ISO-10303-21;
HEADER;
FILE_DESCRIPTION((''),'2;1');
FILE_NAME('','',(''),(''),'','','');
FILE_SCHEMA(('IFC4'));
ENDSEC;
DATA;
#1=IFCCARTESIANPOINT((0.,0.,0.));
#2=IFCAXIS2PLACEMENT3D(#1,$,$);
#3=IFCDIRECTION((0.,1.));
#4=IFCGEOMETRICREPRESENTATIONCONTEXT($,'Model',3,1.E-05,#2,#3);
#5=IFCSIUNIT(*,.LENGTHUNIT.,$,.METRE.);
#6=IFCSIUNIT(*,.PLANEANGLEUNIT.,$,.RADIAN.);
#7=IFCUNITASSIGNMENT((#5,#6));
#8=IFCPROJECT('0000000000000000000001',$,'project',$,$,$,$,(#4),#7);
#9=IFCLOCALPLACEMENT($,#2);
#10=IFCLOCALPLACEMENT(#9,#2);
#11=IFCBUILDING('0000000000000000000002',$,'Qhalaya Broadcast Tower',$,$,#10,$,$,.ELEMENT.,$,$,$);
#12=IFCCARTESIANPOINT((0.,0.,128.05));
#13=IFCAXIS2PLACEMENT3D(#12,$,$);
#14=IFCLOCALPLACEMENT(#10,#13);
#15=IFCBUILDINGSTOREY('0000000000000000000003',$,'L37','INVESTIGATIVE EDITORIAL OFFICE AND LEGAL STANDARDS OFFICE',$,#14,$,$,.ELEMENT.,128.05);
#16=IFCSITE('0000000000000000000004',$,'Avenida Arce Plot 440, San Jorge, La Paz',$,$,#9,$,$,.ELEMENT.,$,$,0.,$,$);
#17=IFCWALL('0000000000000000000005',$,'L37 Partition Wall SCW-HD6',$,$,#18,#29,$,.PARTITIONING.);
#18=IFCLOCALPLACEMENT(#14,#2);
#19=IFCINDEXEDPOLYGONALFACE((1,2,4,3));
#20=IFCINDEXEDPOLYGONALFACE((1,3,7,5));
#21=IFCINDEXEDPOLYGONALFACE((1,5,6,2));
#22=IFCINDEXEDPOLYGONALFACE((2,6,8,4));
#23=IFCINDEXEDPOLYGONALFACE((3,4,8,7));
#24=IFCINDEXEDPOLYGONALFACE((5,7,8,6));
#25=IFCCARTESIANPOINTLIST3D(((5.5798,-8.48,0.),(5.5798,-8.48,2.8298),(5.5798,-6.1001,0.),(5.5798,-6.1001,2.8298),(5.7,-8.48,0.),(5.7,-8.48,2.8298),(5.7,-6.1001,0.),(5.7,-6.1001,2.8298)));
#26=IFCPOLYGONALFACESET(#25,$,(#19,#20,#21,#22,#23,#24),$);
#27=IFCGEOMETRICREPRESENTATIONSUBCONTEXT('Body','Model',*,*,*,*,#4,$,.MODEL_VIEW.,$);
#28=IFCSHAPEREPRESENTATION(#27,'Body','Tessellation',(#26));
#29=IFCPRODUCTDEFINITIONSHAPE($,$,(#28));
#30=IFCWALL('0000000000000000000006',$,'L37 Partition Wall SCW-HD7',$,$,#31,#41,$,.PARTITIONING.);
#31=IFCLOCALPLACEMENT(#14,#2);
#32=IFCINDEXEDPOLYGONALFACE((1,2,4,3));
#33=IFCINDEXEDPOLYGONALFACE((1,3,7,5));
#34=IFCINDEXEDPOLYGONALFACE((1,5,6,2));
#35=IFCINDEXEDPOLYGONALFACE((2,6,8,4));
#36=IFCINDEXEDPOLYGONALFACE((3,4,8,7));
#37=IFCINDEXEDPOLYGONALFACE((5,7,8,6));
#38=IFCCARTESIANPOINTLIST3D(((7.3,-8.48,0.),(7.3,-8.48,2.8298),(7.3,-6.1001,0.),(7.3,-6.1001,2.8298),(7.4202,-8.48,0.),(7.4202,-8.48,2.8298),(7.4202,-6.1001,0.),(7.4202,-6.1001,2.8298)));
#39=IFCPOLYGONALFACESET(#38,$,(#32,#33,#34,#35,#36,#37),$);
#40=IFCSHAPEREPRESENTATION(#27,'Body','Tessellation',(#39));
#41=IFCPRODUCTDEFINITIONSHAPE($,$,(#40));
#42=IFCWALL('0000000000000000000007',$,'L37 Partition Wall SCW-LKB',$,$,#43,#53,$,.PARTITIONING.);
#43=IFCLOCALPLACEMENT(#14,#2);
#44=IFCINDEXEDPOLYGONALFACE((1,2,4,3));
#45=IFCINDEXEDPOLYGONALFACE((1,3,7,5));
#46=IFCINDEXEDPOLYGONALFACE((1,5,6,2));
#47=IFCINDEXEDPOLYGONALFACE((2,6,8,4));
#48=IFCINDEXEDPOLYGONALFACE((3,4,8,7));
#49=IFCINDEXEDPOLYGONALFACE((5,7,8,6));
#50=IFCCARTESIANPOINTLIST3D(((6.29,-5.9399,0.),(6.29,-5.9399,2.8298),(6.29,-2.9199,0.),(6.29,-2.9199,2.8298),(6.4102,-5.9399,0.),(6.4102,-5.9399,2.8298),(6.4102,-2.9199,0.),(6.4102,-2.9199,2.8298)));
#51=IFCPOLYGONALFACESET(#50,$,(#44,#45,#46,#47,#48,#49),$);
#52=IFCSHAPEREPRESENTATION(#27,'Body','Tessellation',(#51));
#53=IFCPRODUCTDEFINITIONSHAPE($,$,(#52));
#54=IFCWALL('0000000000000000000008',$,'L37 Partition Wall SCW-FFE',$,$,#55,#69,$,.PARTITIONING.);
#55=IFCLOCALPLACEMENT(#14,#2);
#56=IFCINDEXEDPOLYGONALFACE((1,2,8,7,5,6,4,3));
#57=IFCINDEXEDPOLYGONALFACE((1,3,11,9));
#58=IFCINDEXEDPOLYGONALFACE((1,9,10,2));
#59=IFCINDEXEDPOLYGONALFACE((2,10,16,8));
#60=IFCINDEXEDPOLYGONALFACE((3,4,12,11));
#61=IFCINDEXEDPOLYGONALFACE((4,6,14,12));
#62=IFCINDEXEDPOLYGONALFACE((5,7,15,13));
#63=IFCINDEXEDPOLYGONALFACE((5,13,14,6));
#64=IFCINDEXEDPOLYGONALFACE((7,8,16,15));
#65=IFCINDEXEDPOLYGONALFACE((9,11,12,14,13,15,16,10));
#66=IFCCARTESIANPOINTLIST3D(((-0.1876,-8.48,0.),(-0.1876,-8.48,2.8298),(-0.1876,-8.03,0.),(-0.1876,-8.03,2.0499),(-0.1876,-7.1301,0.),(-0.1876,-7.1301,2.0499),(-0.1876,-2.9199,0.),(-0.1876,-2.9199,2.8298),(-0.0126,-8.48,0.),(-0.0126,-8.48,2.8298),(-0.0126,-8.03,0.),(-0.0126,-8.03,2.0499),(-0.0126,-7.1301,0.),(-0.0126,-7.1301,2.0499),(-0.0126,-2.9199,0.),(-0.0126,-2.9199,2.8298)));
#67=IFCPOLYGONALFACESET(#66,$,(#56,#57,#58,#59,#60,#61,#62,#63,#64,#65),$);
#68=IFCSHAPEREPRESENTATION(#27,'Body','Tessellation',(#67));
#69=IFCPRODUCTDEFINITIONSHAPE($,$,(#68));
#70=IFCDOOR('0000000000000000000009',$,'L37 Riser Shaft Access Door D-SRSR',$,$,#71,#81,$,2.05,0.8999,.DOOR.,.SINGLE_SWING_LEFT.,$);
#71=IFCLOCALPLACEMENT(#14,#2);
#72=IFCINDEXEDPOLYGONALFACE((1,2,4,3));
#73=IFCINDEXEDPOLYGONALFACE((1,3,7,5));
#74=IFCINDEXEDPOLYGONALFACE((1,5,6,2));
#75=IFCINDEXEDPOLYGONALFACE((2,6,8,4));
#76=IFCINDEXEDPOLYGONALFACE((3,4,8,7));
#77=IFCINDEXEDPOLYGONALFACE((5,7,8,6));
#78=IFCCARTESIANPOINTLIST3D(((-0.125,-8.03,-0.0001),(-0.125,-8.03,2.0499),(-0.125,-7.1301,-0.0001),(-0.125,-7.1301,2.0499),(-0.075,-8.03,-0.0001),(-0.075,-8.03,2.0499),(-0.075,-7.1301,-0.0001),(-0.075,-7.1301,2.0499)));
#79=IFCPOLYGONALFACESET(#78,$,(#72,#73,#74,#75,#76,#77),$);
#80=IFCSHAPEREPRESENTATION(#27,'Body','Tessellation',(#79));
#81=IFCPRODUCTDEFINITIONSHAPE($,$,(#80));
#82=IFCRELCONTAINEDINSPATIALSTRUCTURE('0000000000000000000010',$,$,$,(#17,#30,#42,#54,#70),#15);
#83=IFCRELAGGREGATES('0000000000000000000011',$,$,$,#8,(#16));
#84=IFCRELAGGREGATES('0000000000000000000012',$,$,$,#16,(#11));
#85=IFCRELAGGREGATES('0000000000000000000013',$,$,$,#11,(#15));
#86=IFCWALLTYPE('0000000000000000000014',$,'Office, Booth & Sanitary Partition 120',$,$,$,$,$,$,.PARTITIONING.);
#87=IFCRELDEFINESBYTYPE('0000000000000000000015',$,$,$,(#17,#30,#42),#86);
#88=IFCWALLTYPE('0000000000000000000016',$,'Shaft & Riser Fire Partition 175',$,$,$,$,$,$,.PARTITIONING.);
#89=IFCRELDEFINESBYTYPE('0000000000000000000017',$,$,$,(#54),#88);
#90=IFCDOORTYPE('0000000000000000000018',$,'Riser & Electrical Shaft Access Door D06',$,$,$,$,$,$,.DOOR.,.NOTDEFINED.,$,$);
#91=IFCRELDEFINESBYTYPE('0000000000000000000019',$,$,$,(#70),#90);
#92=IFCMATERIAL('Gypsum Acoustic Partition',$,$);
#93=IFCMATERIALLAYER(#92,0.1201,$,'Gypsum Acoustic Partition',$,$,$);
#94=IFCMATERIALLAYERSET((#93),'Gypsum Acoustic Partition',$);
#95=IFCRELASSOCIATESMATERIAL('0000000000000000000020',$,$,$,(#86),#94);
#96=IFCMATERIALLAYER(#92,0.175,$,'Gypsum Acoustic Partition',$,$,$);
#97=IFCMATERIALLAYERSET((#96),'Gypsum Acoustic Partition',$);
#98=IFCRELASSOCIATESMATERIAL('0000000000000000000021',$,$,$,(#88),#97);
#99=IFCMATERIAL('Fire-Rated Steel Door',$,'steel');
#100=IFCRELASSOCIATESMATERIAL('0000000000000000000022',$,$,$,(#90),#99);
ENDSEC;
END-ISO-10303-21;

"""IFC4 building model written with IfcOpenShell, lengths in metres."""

from ifc_helpers import new_model, si_unit, direction, frame, frame_2d, origin, place, context, subcontext, project, spatial, rectangle, extrude, material, layer, layer_set, type_object, element, fill, save


model = new_model("IFC4")

# Units and contexts
model_context = context("Model", 3, precision=1e-05, world=origin(), true_north=direction((0.0, 1.0)))
body_context = subcontext(model_context, "Body", "Model", "MODEL_VIEW")
ifc_project = project(units=[si_unit("LENGTHUNIT", "METRE"), si_unit("PLANEANGLEUNIT", "RADIAN")], contexts=[model_context])

# Site, building, storey
site_placement = place(None, origin())
site = spatial("IfcSite", under=ifc_project, at=site_placement, Name="Avenida Arce Plot 440, San Jorge, La Paz", CompositionType="ELEMENT", RefElevation=0.0)
building_placement = place(site_placement, origin())
building = spatial("IfcBuilding", under=site, at=building_placement, Name="Qhalaya Broadcast Tower", CompositionType="ELEMENT")
storey_placement = place(building_placement, frame((0.0, 0.0, 128.05)))
storey = spatial("IfcBuildingStorey", under=building, at=storey_placement, Name="L37", Description="INVESTIGATIVE EDITORIAL OFFICE AND LEGAL STANDARDS OFFICE", CompositionType="ELEMENT", Elevation=128.05)

# Walls
ifc_material_1 = material(Name="Gypsum Acoustic Partition")
ifc_layer_1 = layer(ifc_material_1, 0.1201, Name="Gypsum Acoustic Partition")
ifc_layer_set_1 = layer_set([ifc_layer_1], Name="Gypsum Acoustic Partition")
wall_type_1 = type_object("IfcWallType", Name="Office, Booth & Sanitary Partition 120", PredefinedType="PARTITIONING", material=ifc_layer_set_1)
for number, where, z_axis, x_axis, name in (
    (1, (5.6399, -8.48, 0.0), (0.0, 0.0, 1.0), (0.0, 1.0, 0.0), "L37 Partition Wall SCW-HD6"),
    (2, (7.3601, -8.48, 0.0), (0.0, 0.0, 1.0), (0.0, 1.0, 0.0), "L37 Partition Wall SCW-HD7"),
):
    element("IfcWall", number, at=place(storey_placement, frame(where, z_axis=z_axis, x_axis=x_axis)), inside=storey, type_object=wall_type_1, Name=name, PredefinedType="PARTITIONING", context=body_context, shape_type="SweptSolid", body=[
        extrude(rectangle(XDim=2.3799, YDim=0.1201, at=frame_2d((1.1899, 0.0))), origin(), (0.0, 0.0, 1.0), 2.8298),
    ])
wall_1_placement = place(storey_placement, frame((6.3501, -5.9399, 0.0), z_axis=(0.0, 0.0, 1.0), x_axis=(0.0, 1.0, 0.0)))
element("IfcWall", 3, at=wall_1_placement, inside=storey, type_object=wall_type_1, Name="L37 Partition Wall SCW-LKB", PredefinedType="PARTITIONING", context=body_context, shape_type="SweptSolid", body=[
    extrude(rectangle(XDim=3.02, YDim=0.1201, at=frame_2d((1.51, 0.0))), origin(), (0.0, 0.0, 1.0), 2.8298),
])

# Wall, opening, door
ifc_layer_2 = layer(ifc_material_1, 0.175, Name="Gypsum Acoustic Partition")
ifc_layer_set_2 = layer_set([ifc_layer_2], Name="Gypsum Acoustic Partition")
wall_type_2 = type_object("IfcWallType", Name="Shaft & Riser Fire Partition 175", PredefinedType="PARTITIONING", material=ifc_layer_set_2)
wall_2_placement = place(storey_placement, frame((-0.1001, -8.48, 0.0), z_axis=(0.0, 0.0, 1.0), x_axis=(0.0, 1.0, 0.0)))
wall_2 = element("IfcWall", 4, at=wall_2_placement, inside=storey, type_object=wall_type_2, Name="L37 Partition Wall SCW-FFE", PredefinedType="PARTITIONING", context=body_context, shape_type="SweptSolid", body=[
    extrude(rectangle(XDim=5.5601, YDim=0.175, at=frame_2d((2.78, 0.0))), origin(), (0.0, 0.0, 1.0), 2.8298),
])
opening_1_placement = place(wall_2_placement, frame((0.45, 0.0, 0.0)))
opening_1 = element("IfcOpeningElement", 5, at=opening_1_placement, cuts=wall_2, PredefinedType="OPENING", context=body_context, shape_type="SweptSolid", body=[
    extrude(rectangle(XDim=0.8999, YDim=2.05, at=frame_2d((0.45, 1.0249))), frame((0.0, 0.0996, 0.0), z_axis=(0.0, -1.0, 0.0), x_axis=(1.0, 0.0, 0.0)), (0.0, 0.0, 1.0), 0.199),
])
ifc_material_2 = material(Name="Fire-Rated Steel Door", Category="steel")
door_type_1 = type_object("IfcDoorType", Name="Riser & Electrical Shaft Access Door D06", OperationType="NOTDEFINED", PredefinedType="DOOR", material=ifc_material_2)
door_1_placement = place(opening_1_placement, origin())
door_1 = element("IfcDoor", 6, at=door_1_placement, inside=storey, type_object=door_type_1, Name="L37 Riser Shaft Access Door D-SRSR", OperationType="SINGLE_SWING_LEFT", OverallHeight=2.05, OverallWidth=0.8999, PredefinedType="DOOR", context=body_context, shape_type="SweptSolid", body=[
    extrude(rectangle(XDim=0.8999, YDim=2.05, at=frame_2d((0.45, 1.0249))), frame((0.0, 0.0249, 0.0), z_axis=(0.0, -1.0, 0.0), x_axis=(1.0, 0.0, 0.0)), (0.0, 0.0, 1.0), 0.05),
])
fill(opening_1, door_1)

save(model, "model.ifc")
